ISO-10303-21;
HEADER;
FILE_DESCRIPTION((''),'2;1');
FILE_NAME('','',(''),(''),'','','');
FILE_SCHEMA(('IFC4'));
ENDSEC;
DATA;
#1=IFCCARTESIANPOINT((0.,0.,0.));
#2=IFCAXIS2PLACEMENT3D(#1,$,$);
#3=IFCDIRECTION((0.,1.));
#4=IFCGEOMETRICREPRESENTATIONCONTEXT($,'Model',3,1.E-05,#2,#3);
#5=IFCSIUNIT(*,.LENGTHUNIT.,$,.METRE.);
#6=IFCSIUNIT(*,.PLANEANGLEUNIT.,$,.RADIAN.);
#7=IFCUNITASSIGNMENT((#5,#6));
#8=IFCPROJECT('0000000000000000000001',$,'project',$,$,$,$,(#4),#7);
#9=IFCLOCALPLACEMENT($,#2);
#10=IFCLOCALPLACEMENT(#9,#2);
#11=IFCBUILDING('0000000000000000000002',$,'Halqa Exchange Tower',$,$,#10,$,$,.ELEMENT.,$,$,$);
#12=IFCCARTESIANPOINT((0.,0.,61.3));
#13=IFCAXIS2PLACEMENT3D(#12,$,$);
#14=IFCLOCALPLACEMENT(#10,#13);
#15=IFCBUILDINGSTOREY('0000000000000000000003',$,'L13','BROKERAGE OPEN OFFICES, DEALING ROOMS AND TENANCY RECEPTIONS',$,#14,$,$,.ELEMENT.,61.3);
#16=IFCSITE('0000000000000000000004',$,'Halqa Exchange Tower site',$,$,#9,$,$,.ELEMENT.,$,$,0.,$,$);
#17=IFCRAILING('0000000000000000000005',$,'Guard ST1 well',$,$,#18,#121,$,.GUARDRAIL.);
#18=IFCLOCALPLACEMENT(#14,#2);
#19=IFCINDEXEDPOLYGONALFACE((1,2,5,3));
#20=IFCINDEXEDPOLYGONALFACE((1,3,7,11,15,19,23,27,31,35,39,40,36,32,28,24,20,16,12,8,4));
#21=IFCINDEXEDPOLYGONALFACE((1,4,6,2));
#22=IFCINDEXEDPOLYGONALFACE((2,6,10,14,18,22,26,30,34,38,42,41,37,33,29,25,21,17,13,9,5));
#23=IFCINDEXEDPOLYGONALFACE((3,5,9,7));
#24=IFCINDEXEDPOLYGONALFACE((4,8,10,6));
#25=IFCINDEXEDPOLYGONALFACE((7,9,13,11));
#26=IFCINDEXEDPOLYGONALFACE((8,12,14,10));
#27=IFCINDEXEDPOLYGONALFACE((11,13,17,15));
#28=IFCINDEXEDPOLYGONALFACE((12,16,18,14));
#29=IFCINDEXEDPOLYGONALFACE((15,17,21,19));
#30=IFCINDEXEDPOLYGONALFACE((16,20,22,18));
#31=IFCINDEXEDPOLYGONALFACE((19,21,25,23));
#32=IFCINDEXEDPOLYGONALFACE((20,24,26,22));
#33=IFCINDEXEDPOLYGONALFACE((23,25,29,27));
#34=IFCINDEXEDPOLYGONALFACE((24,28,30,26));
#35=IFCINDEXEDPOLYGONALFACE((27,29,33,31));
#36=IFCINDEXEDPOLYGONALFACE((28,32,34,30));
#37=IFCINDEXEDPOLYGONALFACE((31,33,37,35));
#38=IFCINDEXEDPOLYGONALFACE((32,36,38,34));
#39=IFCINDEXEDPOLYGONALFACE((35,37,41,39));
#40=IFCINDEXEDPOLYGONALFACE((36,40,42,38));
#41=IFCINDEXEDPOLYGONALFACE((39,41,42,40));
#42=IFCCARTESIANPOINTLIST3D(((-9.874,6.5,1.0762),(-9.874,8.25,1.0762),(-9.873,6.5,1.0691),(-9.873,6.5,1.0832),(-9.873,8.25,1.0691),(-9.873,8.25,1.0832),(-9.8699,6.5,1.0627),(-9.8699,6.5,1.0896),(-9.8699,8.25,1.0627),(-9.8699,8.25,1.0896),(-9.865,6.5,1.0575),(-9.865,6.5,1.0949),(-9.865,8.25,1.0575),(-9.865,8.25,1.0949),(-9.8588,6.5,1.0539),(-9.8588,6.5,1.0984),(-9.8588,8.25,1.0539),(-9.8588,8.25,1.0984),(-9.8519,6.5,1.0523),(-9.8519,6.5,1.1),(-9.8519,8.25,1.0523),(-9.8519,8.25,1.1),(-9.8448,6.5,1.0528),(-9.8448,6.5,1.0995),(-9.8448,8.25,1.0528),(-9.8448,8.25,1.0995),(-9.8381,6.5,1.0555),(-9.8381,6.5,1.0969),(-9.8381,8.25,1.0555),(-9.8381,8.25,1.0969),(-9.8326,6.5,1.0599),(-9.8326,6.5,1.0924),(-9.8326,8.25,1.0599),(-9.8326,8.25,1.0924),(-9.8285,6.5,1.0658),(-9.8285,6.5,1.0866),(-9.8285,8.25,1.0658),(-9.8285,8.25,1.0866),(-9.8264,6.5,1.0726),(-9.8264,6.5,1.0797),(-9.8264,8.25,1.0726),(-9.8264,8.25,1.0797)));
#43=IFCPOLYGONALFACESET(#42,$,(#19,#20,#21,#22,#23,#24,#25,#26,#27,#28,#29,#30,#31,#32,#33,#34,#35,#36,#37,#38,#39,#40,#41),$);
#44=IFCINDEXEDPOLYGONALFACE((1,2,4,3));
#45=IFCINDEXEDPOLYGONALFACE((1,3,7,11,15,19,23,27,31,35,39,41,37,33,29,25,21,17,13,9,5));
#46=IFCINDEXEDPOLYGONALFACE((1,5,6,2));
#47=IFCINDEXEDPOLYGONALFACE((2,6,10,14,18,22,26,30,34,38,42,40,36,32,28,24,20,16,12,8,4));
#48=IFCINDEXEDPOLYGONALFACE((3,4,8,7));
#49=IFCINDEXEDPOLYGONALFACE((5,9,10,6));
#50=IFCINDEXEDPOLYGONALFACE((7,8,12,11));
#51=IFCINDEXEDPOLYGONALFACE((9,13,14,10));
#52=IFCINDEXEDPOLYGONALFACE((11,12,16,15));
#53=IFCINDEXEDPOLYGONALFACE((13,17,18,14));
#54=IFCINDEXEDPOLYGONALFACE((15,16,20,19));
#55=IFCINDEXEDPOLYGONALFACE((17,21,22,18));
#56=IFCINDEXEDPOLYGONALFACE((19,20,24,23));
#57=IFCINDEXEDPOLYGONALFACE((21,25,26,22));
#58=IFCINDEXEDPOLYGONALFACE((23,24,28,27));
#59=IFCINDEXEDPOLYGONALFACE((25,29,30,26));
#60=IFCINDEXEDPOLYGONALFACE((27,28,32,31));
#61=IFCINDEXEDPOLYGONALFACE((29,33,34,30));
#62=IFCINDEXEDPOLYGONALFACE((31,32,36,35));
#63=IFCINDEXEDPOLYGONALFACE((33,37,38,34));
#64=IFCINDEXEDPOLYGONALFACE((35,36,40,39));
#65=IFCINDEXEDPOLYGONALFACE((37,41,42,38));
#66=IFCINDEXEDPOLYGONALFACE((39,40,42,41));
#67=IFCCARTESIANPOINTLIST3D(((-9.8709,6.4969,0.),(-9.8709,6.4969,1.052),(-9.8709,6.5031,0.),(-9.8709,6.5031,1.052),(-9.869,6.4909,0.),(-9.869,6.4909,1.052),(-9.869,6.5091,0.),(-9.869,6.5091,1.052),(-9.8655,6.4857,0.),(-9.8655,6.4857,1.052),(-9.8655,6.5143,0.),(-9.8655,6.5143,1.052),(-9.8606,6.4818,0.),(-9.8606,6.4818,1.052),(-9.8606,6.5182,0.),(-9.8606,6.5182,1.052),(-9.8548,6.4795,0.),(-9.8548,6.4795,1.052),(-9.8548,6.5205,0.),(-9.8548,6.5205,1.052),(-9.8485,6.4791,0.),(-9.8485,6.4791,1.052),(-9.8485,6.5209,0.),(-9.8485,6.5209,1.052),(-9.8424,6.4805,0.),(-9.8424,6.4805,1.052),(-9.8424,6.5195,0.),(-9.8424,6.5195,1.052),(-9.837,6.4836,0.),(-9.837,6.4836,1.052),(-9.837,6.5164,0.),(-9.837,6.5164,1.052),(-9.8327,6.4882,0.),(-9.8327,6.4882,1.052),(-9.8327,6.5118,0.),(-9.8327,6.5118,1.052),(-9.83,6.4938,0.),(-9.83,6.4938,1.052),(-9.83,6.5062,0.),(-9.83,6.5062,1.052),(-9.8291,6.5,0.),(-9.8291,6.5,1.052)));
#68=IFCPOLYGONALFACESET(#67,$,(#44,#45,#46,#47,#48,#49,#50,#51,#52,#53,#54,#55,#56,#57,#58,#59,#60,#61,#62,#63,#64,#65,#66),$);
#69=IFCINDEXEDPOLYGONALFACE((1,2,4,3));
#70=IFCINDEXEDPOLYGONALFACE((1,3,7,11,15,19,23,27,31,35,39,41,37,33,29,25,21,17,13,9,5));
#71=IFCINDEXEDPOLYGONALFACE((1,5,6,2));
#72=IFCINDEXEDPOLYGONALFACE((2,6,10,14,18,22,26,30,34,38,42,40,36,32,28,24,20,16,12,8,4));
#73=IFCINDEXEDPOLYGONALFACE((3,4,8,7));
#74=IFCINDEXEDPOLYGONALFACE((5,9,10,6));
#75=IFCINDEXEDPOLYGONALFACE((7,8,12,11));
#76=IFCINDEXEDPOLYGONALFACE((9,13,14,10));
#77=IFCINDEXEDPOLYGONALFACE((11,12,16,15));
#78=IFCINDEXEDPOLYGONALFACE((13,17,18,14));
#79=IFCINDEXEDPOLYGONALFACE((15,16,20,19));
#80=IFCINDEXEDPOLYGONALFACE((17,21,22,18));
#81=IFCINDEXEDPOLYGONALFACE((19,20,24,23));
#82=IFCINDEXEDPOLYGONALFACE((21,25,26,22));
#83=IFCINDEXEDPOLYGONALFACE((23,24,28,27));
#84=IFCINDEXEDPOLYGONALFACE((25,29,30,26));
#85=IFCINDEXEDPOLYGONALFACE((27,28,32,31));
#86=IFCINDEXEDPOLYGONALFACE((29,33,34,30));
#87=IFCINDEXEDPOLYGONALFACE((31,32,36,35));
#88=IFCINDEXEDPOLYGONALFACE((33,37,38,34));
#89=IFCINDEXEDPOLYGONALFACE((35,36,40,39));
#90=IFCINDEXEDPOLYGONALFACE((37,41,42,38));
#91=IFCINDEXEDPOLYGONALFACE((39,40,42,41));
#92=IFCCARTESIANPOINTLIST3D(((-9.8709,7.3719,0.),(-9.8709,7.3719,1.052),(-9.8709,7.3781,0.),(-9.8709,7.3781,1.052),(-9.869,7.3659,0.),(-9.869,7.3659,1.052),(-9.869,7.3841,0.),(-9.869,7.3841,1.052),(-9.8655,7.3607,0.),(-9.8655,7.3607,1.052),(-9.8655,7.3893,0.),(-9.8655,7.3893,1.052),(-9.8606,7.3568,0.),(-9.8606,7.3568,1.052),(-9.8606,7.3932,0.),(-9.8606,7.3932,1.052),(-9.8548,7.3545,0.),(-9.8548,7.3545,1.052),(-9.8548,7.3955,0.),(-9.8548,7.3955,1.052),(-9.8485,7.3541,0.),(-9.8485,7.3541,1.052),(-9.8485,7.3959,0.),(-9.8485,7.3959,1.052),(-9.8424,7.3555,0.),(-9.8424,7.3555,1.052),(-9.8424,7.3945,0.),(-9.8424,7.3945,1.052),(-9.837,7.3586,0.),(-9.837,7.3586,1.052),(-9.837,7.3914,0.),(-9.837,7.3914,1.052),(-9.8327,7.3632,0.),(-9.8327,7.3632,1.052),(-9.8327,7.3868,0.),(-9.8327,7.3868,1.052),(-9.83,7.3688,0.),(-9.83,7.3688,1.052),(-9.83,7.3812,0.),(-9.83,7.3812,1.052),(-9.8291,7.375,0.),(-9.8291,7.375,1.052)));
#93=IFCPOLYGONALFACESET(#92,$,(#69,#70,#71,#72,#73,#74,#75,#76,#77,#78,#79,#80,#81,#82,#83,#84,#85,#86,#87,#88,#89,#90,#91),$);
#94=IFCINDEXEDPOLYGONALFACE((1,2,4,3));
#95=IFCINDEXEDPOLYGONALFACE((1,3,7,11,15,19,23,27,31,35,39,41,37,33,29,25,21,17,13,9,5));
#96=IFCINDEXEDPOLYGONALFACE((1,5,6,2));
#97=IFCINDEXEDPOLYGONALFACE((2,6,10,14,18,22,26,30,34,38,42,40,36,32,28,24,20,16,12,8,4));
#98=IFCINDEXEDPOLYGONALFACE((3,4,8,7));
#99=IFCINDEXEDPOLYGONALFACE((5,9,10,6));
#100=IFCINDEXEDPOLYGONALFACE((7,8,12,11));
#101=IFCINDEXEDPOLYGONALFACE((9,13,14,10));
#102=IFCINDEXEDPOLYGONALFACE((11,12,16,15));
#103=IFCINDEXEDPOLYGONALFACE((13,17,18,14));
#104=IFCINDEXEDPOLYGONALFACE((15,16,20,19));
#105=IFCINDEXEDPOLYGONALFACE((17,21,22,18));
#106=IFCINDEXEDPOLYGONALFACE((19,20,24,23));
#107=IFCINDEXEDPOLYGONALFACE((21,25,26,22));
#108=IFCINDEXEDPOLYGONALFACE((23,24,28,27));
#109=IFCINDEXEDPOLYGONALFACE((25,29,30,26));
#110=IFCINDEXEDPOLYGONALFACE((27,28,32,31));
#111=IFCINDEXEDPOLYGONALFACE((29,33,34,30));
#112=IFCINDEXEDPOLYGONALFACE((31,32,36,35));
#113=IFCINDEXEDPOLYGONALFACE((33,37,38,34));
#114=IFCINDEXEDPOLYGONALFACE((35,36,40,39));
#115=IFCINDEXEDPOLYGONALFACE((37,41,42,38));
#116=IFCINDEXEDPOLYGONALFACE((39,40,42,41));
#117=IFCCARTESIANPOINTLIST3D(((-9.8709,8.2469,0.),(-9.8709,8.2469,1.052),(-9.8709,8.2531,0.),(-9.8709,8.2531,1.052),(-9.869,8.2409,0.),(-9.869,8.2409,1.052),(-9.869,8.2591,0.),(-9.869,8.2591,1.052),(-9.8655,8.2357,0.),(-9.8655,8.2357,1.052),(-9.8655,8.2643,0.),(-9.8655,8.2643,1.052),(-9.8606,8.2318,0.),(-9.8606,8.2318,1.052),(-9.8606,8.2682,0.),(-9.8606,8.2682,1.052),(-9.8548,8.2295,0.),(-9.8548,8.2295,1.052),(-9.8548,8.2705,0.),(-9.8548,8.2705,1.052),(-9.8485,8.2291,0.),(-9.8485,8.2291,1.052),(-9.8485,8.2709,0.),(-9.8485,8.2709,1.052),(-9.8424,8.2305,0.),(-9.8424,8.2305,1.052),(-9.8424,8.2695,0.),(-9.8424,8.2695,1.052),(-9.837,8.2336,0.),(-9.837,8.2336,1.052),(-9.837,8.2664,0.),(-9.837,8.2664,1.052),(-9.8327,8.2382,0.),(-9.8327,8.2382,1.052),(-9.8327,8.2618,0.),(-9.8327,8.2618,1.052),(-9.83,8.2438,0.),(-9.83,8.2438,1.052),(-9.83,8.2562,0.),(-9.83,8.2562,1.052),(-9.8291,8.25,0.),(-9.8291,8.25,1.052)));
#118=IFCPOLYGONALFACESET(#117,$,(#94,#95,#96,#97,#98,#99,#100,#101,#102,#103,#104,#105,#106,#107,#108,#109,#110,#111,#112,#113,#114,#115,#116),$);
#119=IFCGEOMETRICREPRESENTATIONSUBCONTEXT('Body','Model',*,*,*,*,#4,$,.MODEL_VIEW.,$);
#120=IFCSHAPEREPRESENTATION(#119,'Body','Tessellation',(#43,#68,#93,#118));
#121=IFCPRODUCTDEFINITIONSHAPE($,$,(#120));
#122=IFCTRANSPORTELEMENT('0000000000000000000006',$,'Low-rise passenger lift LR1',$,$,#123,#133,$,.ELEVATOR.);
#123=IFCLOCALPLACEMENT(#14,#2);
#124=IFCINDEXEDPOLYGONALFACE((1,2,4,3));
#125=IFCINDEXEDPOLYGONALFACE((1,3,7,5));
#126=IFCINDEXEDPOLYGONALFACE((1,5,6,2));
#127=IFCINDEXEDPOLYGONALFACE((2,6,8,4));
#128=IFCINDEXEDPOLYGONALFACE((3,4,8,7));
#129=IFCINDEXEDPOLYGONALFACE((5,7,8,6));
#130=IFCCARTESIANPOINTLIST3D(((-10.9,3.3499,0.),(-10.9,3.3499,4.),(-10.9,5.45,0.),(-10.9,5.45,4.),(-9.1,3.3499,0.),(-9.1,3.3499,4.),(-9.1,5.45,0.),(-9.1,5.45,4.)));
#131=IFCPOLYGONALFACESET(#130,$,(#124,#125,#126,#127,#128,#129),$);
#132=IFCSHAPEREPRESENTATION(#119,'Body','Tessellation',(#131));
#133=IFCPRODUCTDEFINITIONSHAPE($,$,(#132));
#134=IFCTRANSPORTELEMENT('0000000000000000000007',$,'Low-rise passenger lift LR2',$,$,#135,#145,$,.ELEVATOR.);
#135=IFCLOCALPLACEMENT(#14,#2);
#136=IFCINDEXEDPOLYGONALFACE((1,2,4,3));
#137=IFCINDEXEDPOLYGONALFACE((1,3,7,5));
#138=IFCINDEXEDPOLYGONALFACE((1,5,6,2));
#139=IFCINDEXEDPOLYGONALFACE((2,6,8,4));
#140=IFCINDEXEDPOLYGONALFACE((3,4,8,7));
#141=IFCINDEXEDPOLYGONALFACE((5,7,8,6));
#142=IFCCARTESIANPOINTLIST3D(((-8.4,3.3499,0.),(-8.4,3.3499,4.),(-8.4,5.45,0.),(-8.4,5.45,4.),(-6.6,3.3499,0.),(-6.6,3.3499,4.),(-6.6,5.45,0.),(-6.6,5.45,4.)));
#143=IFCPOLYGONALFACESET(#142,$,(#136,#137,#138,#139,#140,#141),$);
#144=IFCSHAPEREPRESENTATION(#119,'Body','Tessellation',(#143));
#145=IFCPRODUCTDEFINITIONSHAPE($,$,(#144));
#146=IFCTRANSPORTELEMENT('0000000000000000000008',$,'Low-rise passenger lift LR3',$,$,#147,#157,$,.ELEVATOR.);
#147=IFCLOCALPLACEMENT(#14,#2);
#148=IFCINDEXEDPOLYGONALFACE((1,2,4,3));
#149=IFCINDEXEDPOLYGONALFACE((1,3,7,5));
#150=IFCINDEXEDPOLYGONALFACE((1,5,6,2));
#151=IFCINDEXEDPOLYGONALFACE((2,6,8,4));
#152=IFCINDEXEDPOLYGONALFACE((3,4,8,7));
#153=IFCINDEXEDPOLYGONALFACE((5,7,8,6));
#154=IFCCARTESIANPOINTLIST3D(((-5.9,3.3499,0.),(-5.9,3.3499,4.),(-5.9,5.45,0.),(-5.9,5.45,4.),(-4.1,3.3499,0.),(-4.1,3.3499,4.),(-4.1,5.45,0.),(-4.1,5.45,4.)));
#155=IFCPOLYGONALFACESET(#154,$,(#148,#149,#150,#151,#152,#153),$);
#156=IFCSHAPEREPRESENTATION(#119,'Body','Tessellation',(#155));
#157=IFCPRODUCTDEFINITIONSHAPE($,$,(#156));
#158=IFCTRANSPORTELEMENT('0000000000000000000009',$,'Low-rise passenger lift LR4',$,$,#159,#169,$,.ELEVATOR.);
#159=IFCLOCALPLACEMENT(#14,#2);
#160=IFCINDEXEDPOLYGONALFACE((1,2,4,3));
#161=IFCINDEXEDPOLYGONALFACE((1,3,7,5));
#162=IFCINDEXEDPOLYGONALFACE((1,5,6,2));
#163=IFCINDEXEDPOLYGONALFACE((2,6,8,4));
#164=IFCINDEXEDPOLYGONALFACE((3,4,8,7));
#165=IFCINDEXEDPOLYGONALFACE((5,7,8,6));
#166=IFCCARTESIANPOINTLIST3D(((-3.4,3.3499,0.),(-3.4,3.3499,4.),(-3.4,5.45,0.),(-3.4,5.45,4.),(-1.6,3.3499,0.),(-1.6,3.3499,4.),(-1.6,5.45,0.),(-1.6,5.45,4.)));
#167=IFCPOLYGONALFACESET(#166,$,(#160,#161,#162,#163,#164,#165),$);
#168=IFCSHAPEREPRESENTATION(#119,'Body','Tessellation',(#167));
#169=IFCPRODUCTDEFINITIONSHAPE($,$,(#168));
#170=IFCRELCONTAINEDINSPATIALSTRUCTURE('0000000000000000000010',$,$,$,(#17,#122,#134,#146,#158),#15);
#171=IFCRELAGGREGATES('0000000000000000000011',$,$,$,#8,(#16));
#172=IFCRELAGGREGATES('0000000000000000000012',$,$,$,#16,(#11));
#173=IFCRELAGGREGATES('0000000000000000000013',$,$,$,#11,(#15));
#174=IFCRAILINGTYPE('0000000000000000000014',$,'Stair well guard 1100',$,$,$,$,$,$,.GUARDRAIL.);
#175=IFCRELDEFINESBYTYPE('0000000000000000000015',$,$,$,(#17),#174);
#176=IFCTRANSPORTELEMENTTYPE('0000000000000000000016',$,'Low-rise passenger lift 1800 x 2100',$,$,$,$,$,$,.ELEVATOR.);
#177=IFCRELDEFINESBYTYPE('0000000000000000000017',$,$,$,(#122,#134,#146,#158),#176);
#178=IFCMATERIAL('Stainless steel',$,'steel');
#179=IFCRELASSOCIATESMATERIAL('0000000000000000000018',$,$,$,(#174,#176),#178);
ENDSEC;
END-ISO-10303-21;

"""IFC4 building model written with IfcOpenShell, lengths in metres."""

from ifc_helpers import new_model, si_unit, direction, frame, origin, origin_2d, place, context, subcontext, project, spatial, rectangle, circle, extrude, material, type_object, element, save


model = new_model("IFC4")

# Units and contexts
model_context = context("Model", 3, precision=1e-05, world=origin(), true_north=direction((0.0, 1.0)))
body_context = subcontext(model_context, "Body", "Model", "MODEL_VIEW")
ifc_project = project(units=[si_unit("LENGTHUNIT", "METRE"), si_unit("PLANEANGLEUNIT", "RADIAN")], contexts=[model_context])

# Site, building, storey
site_placement = place(None, origin())
site = spatial("IfcSite", under=ifc_project, at=site_placement, Name="Halqa Exchange Tower site", CompositionType="ELEMENT", RefElevation=0.0)
building_placement = place(site_placement, origin())
building = spatial("IfcBuilding", under=site, at=building_placement, Name="Halqa Exchange Tower", CompositionType="ELEMENT")
storey_placement = place(building_placement, frame((0.0, 0.0, 61.3)))
storey = spatial("IfcBuildingStorey", under=building, at=storey_placement, Name="L13", Description="BROKERAGE OPEN OFFICES, DEALING ROOMS AND TENANCY RECEPTIONS", CompositionType="ELEMENT", Elevation=61.3)

# Shared definitions
ifc_material_1 = material(Name="Stainless steel", Category="steel")

# Railing
railing_type_1 = type_object("IfcRailingType", Name="Stair well guard 1100", PredefinedType="GUARDRAIL", material=ifc_material_1)
railing_1_placement = place(storey_placement, frame((-9.8501, 6.5, 0.0)))
element("IfcRailing", 1, at=railing_1_placement, inside=storey, type_object=railing_type_1, Name="Guard ST1 well", PredefinedType="GUARDRAIL", context=body_context, shape_type="SweptSolid", body=[
    extrude(circle(Radius=0.0239, at=origin_2d()), frame((0.0, 0.0, 1.0762), z_axis=(0.0, 1.0, 0.0), x_axis=(-1.0, 0.0, 0.0)), (0.0, 0.0, 1.0), 1.75),
    extrude(circle(Radius=0.021, at=origin_2d()), origin(), (0.0, 0.0, 1.0), 1.052),
    extrude(circle(Radius=0.021, at=origin_2d()), frame((0.0, 0.875, 0.0)), (0.0, 0.0, 1.0), 1.052),
    extrude(circle(Radius=0.021, at=origin_2d()), frame((0.0, 1.75, 0.0)), (0.0, 0.0, 1.0), 1.052),
])

# Transport elements
transport_element_type = type_object("IfcTransportElementType", Name="Low-rise passenger lift 1800 x 2100", PredefinedType="ELEVATOR", material=ifc_material_1)
for number, where, z_axis, x_axis, name in (
    (2, (-10.0, 4.3999, 0.0), (0.0, 0.0, 1.0), (1.0, 0.0, 0.0), "Low-rise passenger lift LR1"),
    (3, (-7.5, 4.3999, 0.0), (0.0, 0.0, 1.0), (1.0, 0.0, 0.0), "Low-rise passenger lift LR2"),
    (4, (-5.0, 4.3999, 0.0), (0.0, 0.0, 1.0), (1.0, 0.0, 0.0), "Low-rise passenger lift LR3"),
    (5, (-2.5, 4.3999, 0.0), (0.0, 0.0, 1.0), (1.0, 0.0, 0.0), "Low-rise passenger lift LR4"),
):
    element("IfcTransportElement", number, at=place(storey_placement, frame(where, z_axis=z_axis, x_axis=x_axis)), inside=storey, type_object=transport_element_type, Name=name, PredefinedType="ELEVATOR", context=body_context, shape_type="SweptSolid", body=[
        extrude(rectangle(XDim=1.8, YDim=2.1001, at=origin_2d()), origin(), (0.0, 0.0, 1.0), 4.0),
    ])

save(model, "model.ifc")
